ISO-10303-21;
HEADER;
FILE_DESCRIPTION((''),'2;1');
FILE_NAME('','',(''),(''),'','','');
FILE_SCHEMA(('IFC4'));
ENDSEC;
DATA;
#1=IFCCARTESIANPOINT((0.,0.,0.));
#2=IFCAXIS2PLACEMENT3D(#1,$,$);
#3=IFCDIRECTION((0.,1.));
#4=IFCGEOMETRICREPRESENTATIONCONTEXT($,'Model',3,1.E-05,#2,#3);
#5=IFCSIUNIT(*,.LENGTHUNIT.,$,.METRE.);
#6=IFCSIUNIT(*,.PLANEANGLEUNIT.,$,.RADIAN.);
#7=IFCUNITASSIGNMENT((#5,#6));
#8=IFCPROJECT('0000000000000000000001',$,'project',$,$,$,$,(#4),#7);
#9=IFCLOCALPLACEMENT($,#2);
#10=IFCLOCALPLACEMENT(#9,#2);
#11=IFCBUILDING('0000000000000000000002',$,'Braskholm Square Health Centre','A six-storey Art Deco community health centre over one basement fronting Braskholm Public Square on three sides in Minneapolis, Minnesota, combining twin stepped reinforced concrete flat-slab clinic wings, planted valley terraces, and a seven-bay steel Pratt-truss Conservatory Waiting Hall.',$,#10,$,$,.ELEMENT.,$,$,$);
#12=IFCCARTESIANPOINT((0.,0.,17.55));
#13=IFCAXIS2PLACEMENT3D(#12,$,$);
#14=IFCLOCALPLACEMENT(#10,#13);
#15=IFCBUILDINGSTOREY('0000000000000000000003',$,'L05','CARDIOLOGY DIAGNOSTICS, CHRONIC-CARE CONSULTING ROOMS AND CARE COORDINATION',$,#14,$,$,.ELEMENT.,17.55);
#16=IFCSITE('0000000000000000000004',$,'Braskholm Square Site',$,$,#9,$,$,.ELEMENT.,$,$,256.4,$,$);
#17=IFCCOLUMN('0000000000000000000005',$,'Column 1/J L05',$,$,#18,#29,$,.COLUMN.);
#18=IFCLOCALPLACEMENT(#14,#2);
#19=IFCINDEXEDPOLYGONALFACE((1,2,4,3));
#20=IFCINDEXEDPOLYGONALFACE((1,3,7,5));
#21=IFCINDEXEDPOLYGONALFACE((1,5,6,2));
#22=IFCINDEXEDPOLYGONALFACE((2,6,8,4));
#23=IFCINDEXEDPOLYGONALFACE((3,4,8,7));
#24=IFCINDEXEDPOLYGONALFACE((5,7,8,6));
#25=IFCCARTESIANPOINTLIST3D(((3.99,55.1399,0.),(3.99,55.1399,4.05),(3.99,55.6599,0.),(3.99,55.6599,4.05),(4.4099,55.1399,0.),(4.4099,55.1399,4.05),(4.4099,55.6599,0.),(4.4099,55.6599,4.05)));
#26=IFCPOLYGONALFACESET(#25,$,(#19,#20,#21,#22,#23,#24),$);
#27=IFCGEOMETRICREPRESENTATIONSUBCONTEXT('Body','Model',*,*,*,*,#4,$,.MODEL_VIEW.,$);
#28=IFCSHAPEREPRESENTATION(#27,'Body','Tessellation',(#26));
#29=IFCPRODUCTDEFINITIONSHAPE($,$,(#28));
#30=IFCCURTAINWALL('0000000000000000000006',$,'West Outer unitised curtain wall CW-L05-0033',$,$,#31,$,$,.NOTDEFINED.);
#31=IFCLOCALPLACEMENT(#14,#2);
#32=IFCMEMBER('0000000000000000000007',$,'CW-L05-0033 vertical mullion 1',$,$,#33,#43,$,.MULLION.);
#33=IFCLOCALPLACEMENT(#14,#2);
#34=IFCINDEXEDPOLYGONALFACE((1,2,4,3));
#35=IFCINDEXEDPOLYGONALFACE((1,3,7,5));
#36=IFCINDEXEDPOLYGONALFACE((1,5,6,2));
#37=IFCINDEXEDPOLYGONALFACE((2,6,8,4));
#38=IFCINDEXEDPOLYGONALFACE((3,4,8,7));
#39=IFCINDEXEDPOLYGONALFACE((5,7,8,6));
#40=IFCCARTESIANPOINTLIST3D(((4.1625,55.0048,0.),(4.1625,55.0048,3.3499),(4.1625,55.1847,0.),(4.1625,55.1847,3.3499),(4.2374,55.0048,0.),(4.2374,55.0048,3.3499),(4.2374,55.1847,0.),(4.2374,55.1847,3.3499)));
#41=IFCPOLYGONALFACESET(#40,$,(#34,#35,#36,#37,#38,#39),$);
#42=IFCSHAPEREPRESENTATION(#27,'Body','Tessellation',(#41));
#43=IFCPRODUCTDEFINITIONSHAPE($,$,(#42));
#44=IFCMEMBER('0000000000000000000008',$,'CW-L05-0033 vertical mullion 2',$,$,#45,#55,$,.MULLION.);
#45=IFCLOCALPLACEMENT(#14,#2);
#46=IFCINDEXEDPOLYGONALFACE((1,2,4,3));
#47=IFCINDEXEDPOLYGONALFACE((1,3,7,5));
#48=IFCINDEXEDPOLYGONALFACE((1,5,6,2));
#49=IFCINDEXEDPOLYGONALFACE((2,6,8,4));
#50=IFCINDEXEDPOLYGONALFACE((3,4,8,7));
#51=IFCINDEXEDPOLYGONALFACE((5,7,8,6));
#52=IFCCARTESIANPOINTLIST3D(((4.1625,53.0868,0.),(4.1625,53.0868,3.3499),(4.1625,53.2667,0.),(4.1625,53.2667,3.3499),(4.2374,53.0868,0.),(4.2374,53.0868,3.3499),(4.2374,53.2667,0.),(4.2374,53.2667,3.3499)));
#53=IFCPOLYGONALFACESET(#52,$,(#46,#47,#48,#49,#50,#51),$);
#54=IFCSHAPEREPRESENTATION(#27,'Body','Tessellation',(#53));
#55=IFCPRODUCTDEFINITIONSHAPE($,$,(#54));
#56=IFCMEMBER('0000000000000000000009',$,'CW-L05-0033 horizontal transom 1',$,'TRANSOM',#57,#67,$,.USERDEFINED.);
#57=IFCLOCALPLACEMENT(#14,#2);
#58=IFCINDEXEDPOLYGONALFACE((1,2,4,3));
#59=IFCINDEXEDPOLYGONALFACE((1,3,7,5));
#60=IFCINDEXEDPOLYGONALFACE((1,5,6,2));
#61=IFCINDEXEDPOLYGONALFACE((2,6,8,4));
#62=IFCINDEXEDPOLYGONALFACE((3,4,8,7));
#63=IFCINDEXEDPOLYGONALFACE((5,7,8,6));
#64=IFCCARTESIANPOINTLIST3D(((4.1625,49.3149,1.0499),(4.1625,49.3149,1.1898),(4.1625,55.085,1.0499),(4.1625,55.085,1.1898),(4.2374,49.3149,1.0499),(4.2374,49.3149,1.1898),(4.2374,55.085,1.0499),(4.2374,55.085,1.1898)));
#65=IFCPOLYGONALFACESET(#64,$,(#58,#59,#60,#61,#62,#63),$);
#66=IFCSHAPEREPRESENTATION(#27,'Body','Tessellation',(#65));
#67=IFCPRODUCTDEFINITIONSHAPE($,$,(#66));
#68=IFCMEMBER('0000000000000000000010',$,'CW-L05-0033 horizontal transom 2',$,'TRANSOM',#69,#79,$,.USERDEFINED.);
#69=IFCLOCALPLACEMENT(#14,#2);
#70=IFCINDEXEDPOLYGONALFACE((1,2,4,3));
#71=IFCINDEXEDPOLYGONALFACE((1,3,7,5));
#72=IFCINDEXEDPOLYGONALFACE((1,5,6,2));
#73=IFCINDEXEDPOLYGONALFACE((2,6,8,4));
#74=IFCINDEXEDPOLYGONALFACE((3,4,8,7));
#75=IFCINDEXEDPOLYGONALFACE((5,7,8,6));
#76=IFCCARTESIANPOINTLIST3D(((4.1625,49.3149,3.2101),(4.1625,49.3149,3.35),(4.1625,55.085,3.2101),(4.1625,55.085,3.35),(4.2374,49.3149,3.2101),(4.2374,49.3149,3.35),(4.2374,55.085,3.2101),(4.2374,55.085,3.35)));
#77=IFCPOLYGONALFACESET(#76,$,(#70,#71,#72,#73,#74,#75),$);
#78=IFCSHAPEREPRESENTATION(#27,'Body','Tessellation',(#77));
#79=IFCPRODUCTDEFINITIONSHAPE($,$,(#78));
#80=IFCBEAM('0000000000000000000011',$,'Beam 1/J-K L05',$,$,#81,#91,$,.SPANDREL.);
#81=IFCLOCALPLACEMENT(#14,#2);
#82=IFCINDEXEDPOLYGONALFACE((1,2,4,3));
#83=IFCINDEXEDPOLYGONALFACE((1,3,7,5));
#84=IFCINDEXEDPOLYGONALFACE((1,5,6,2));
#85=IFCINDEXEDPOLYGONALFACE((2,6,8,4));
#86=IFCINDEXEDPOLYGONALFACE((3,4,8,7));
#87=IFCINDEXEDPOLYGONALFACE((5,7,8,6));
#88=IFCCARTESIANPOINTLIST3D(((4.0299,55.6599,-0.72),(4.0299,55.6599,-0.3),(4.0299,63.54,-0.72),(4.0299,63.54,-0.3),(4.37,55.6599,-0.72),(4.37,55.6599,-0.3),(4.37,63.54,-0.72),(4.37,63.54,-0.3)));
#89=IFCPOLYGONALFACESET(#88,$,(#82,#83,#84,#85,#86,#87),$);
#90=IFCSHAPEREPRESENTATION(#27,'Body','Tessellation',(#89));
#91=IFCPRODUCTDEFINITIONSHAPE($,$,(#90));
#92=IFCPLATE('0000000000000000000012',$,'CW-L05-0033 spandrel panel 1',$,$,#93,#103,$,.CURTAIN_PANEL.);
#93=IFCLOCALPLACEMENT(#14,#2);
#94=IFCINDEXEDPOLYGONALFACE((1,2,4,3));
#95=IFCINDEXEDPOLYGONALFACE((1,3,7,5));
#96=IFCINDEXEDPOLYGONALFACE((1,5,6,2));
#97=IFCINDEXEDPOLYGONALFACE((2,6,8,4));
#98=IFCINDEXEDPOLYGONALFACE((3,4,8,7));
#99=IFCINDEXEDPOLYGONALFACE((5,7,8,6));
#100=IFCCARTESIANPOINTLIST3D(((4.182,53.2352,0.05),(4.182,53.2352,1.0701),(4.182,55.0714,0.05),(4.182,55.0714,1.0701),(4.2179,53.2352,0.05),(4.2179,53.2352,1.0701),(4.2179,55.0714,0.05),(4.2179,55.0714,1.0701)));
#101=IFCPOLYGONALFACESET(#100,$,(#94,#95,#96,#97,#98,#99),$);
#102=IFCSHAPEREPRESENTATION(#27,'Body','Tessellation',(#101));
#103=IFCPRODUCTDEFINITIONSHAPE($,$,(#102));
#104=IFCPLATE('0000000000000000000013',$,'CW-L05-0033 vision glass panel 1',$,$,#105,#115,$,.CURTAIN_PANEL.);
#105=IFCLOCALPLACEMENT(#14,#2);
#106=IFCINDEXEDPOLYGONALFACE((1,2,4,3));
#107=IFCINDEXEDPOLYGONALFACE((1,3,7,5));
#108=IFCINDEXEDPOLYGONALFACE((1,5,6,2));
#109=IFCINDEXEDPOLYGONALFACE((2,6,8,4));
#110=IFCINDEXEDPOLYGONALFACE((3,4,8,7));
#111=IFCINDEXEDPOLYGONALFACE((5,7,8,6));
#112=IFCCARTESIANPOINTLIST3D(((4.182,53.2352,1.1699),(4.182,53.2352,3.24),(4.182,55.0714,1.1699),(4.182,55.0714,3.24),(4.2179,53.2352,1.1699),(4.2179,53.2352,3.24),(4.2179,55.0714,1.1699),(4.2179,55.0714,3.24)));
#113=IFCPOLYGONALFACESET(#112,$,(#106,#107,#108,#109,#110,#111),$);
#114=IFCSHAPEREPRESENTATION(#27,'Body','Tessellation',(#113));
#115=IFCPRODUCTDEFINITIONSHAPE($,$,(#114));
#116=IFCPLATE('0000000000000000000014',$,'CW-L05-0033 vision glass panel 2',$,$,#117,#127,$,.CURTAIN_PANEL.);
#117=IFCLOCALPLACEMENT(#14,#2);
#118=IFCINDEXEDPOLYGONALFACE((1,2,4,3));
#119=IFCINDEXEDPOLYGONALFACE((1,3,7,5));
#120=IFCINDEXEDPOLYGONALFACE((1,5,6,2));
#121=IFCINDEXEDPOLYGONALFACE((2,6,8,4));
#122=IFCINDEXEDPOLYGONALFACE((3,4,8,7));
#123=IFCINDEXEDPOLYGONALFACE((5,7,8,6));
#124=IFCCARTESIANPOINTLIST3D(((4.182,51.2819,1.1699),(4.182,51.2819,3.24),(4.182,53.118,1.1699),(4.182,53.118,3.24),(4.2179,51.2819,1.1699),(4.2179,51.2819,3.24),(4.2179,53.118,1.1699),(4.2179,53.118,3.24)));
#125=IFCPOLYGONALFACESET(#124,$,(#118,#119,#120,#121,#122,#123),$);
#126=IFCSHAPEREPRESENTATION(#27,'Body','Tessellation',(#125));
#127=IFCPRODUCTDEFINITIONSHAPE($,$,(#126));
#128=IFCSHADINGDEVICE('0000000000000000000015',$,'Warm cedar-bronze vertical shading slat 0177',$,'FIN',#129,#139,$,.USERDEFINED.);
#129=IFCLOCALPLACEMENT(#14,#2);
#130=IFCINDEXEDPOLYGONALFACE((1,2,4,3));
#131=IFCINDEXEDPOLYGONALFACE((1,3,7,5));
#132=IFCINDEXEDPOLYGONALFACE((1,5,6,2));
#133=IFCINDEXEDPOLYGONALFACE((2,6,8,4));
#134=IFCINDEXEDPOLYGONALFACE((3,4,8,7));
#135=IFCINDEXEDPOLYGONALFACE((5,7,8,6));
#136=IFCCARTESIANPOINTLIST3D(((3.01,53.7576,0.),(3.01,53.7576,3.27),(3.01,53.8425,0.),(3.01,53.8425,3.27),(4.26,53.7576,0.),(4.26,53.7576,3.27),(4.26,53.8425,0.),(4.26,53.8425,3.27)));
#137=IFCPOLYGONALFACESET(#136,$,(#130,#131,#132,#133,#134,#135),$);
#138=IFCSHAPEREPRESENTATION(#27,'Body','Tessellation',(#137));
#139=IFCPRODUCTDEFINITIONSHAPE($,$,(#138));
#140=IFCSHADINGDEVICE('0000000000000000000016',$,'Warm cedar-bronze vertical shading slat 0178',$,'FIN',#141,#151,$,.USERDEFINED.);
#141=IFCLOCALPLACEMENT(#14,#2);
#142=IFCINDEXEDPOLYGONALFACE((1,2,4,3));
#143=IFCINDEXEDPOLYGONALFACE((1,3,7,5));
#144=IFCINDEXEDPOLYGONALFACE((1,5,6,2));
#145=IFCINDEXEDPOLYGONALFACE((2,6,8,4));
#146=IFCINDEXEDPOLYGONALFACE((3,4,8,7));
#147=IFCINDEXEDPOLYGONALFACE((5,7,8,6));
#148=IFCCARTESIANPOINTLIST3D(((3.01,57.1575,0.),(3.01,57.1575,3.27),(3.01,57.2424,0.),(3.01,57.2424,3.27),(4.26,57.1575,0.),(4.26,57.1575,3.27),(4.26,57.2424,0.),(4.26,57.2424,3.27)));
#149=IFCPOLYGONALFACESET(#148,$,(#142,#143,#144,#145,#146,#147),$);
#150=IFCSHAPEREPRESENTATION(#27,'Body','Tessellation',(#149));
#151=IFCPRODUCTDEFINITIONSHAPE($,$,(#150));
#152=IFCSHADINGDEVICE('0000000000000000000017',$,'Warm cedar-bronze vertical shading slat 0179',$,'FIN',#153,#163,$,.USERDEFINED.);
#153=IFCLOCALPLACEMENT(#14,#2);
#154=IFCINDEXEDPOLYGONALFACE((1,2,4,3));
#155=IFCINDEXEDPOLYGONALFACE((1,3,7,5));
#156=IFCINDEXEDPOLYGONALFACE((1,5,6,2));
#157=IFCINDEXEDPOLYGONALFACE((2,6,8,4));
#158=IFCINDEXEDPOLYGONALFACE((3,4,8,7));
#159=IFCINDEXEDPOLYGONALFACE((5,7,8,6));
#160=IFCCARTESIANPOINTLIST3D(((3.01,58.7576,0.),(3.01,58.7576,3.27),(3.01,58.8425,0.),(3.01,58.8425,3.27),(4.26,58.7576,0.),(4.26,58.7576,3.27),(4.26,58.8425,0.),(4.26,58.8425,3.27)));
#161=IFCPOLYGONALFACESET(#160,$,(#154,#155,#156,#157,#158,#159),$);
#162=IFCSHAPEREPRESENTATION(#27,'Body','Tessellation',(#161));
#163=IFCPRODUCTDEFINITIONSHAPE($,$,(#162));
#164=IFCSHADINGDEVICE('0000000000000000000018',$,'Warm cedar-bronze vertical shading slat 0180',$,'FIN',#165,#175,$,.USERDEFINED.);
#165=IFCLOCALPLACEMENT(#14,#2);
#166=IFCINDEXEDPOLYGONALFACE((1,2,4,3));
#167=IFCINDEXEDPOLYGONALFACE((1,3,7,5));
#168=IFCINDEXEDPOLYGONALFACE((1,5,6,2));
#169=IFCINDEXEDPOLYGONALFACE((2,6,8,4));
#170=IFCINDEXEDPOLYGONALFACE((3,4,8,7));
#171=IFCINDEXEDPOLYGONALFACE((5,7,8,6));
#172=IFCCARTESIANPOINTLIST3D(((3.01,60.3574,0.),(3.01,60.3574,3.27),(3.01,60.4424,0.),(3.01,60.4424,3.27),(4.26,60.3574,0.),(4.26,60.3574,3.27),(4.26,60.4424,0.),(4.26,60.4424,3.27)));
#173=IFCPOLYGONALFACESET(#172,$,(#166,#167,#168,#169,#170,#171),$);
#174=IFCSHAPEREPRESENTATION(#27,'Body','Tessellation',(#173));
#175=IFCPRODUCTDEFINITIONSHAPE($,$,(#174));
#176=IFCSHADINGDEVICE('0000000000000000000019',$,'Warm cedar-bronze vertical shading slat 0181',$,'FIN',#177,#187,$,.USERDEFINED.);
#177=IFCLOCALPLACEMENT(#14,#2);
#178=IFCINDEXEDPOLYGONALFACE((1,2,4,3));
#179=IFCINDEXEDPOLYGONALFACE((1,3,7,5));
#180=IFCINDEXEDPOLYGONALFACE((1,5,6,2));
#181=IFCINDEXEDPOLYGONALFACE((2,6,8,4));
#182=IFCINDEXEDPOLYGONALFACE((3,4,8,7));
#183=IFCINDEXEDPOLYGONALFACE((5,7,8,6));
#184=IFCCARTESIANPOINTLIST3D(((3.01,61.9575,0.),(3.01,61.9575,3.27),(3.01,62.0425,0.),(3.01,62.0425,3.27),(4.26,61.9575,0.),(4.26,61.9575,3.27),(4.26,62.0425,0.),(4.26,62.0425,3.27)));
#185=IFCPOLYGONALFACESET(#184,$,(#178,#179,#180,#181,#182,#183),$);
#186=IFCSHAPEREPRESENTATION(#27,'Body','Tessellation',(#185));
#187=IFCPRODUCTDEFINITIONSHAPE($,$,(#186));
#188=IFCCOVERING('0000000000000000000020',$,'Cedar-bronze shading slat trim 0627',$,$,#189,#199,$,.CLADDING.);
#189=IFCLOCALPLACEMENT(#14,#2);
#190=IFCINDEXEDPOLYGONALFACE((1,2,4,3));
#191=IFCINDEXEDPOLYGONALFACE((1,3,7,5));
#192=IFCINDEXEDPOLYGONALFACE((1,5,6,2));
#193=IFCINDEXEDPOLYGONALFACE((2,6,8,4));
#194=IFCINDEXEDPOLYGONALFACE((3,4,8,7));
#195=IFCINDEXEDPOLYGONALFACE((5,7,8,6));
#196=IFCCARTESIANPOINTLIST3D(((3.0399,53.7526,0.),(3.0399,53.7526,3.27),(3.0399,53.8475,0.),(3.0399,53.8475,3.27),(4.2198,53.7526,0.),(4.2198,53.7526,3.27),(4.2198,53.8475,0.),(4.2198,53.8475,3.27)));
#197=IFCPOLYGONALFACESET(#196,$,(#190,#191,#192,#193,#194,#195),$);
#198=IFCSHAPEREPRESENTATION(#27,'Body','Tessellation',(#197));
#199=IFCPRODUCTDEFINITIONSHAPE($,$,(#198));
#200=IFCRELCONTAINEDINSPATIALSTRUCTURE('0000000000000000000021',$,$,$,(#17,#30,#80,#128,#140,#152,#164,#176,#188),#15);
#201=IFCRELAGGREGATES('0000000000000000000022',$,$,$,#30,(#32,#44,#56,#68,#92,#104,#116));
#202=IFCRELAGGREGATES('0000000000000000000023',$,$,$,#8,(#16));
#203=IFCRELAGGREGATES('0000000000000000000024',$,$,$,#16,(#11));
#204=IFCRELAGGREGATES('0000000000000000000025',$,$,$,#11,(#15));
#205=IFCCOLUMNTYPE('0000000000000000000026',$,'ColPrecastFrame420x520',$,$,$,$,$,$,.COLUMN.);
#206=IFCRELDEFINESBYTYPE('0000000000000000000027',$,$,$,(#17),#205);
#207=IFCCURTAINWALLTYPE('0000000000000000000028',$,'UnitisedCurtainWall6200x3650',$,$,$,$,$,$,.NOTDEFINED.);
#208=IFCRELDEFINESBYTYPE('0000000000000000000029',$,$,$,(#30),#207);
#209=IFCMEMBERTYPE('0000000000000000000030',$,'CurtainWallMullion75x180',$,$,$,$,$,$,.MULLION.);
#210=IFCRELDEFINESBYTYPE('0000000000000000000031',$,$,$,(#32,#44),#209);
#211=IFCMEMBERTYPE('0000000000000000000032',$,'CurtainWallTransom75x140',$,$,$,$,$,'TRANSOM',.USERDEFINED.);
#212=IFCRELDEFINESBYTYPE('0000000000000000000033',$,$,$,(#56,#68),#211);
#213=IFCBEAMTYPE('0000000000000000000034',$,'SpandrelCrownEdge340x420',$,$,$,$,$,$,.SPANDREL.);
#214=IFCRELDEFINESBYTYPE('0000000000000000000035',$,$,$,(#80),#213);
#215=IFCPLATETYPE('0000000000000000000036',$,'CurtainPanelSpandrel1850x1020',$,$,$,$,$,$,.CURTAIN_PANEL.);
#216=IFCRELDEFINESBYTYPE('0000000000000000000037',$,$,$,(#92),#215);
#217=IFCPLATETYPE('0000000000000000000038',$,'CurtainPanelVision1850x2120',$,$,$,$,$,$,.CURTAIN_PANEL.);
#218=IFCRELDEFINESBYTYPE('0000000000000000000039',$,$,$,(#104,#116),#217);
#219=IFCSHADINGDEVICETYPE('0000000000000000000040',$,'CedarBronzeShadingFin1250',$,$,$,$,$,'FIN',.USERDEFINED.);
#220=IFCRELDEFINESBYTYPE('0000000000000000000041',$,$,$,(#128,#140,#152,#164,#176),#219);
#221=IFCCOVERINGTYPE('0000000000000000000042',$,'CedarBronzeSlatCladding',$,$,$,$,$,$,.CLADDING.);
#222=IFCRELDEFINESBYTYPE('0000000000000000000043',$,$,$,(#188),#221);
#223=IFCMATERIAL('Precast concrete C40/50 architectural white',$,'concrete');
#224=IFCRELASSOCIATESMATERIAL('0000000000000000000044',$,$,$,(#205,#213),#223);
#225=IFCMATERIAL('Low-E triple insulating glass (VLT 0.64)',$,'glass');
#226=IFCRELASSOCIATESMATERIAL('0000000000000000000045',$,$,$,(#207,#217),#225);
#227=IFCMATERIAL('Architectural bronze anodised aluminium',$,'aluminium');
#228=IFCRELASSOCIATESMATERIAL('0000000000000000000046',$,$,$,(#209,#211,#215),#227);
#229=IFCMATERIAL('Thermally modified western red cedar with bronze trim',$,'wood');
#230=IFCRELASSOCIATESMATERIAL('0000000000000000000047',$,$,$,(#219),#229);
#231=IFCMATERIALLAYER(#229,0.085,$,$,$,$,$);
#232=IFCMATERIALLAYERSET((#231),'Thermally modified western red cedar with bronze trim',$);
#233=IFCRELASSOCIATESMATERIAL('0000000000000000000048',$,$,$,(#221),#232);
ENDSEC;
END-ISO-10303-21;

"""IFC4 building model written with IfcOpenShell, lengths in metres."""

from ifc_helpers import new_model, si_unit, direction, frame, origin, origin_2d, place, context, subcontext, project, spatial, rectangle, extrude, material, layer, layer_set, material_profile, profile_set, type_object, element, aggregate, save


model = new_model("IFC4")

# Units and contexts
model_context = context("Model", 3, precision=1e-05, world=origin(), true_north=direction((0.0, 1.0)))
body_context = subcontext(model_context, "Body", "Model", "MODEL_VIEW")
ifc_project = project(units=[si_unit("LENGTHUNIT", "METRE"), si_unit("PLANEANGLEUNIT", "RADIAN")], contexts=[model_context])

# Site, building, storey
site_placement = place(None, origin())
site = spatial("IfcSite", under=ifc_project, at=site_placement, Name="Braskholm Square Site", CompositionType="ELEMENT", RefElevation=256.4)
building_placement = place(site_placement, origin())
building = spatial("IfcBuilding", under=site, at=building_placement, Name="Braskholm Square Health Centre", Description="A six-storey Art Deco community health centre over one basement fronting Braskholm Public Square on three sides in Minneapolis, Minnesota, combining twin stepped reinforced concrete flat-slab clinic wings, planted valley terraces, and a seven-bay steel Pratt-truss Conservatory Waiting Hall.", CompositionType="ELEMENT")
storey_placement = place(building_placement, frame((0.0, 0.0, 17.55)))
storey = spatial("IfcBuildingStorey", under=building, at=storey_placement, Name="L05", Description="CARDIOLOGY DIAGNOSTICS, CHRONIC-CARE CONSULTING ROOMS AND CARE COORDINATION", CompositionType="ELEMENT", Elevation=17.55)

# Column
ifc_material_1 = material(Name="Precast concrete C40/50 architectural white", Category="concrete")
ifc_material_profile_1 = material_profile(ifc_material_1, rectangle(XDim=0.4199, YDim=0.52, at=origin_2d()), Name="RC-420X520")
ifc_profile_set_1 = profile_set([ifc_material_profile_1], Name="Precast concrete C40/50 architectural white")
column_type = type_object("IfcColumnType", Name="ColPrecastFrame420x520", PredefinedType="COLUMN", material=ifc_profile_set_1)
column_placement = place(storey_placement, frame((4.2, 55.3999, 0.0), z_axis=(0.0, 0.0, 1.0), x_axis=(1.0, 0.0, 0.0)))
element("IfcColumn", 1, at=column_placement, inside=storey, type_object=column_type, Name="Column 1/J L05", PredefinedType="COLUMN", context=body_context, shape_type="SweptSolid", body=[
    extrude(rectangle(XDim=0.4199, YDim=0.52, at=origin_2d()), origin(), (0.0, 0.0, 1.0), 4.05),
])

# Curtain wall, members
ifc_material_2 = material(Name="Low-E triple insulating glass (VLT 0.64)", Category="glass")
curtain_wall_type = type_object("IfcCurtainWallType", Name="UnitisedCurtainWall6200x3650", PredefinedType="NOTDEFINED", material=ifc_material_2)
curtain_wall_placement = place(storey_placement, origin())
curtain_wall = element("IfcCurtainWall", 2, at=curtain_wall_placement, inside=storey, type_object=curtain_wall_type, Name="West Outer unitised curtain wall CW-L05-0033", PredefinedType="NOTDEFINED")
ifc_material_3 = material(Name="Architectural bronze anodised aluminium", Category="aluminium")
ifc_material_profile_2 = material_profile(ifc_material_3, rectangle(XDim=0.075, YDim=0.1799, at=origin_2d()), Name="ALU-75X180")
ifc_profile_set_2 = profile_set([ifc_material_profile_2], Name="Architectural bronze anodised aluminium")
member_type_1 = type_object("IfcMemberType", Name="CurtainWallMullion75x180", PredefinedType="MULLION", material=ifc_profile_set_2)
member_1_placement = place(storey_placement, frame((4.2, 55.0947, 0.0), z_axis=(0.0, 0.0, 1.0), x_axis=(1.0, 0.0, 0.0)))
member_1 = element("IfcMember", 3, at=member_1_placement, type_object=member_type_1, Name="CW-L05-0033 vertical mullion 1", PredefinedType="MULLION", context=body_context, shape_type="SweptSolid", body=[
    extrude(rectangle(XDim=0.075, YDim=0.1799, at=origin_2d()), origin(), (0.0, 0.0, 1.0), 3.3499),
])
member_2_placement = place(storey_placement, frame((4.2, 53.1768, 0.0), z_axis=(0.0, 0.0, 1.0), x_axis=(1.0, 0.0, 0.0)))
member_2 = element("IfcMember", 4, at=member_2_placement, type_object=member_type_1, Name="CW-L05-0033 vertical mullion 2", PredefinedType="MULLION", context=body_context, shape_type="SweptSolid", body=[
    extrude(rectangle(XDim=0.075, YDim=0.1799, at=origin_2d()), origin(), (0.0, 0.0, 1.0), 3.3499),
])
ifc_material_profile_3 = material_profile(ifc_material_3, rectangle(XDim=0.075, YDim=0.1399, at=origin_2d()), Name="ALU-75X140")
ifc_profile_set_3 = profile_set([ifc_material_profile_3], Name="Architectural bronze anodised aluminium")
member_type_2 = type_object("IfcMemberType", Name="CurtainWallTransom75x140", ElementType="TRANSOM", PredefinedType="USERDEFINED", material=ifc_profile_set_3)
member_3_placement = place(storey_placement, frame((4.2, 55.085, 1.1199), z_axis=(0.0, -1.0, 0.0), x_axis=(1.0, 0.0, 0.0)))
member_3 = element("IfcMember", 5, at=member_3_placement, type_object=member_type_2, Name="CW-L05-0033 horizontal transom 1", ObjectType="TRANSOM", PredefinedType="USERDEFINED", context=body_context, shape_type="SweptSolid", body=[
    extrude(rectangle(XDim=0.075, YDim=0.1399, at=origin_2d()), origin(), (0.0, 0.0, 1.0), 5.77),
])
member_4_placement = place(storey_placement, frame((4.2, 55.085, 3.28), z_axis=(0.0, -1.0, 0.0), x_axis=(1.0, 0.0, 0.0)))
member_4 = element("IfcMember", 6, at=member_4_placement, type_object=member_type_2, Name="CW-L05-0033 horizontal transom 2", ObjectType="TRANSOM", PredefinedType="USERDEFINED", context=body_context, shape_type="SweptSolid", body=[
    extrude(rectangle(XDim=0.075, YDim=0.1399, at=origin_2d()), origin(), (0.0, 0.0, 1.0), 5.77),
])

# Beam
ifc_material_profile_4 = material_profile(ifc_material_1, rectangle(XDim=0.3401, YDim=0.4199, at=origin_2d()), Name="RCB-340X420")
ifc_profile_set_4 = profile_set([ifc_material_profile_4], Name="Precast concrete C40/50 architectural white")
beam_type = type_object("IfcBeamType", Name="SpandrelCrownEdge340x420", PredefinedType="SPANDREL", material=ifc_profile_set_4)
beam_placement = place(storey_placement, frame((4.2, 55.6599, -0.51), z_axis=(0.0, 1.0, 0.0), x_axis=(-1.0, 0.0, 0.0)))
element("IfcBeam", 7, at=beam_placement, inside=storey, type_object=beam_type, Name="Beam 1/J-K L05", PredefinedType="SPANDREL", context=body_context, shape_type="SweptSolid", body=[
    extrude(rectangle(XDim=0.3401, YDim=0.4199, at=origin_2d()), origin(), (0.0, 0.0, 1.0), 7.8801),
])

# Plates
plate_type_1 = type_object("IfcPlateType", Name="CurtainPanelSpandrel1850x1020", PredefinedType="CURTAIN_PANEL", material=ifc_material_3)
plate_1_placement = place(storey_placement, frame((4.2, 54.1533, 0.05), z_axis=(0.0, 0.0, 1.0), x_axis=(0.0, -1.0, 0.0)))
plate_1 = element("IfcPlate", 8, at=plate_1_placement, type_object=plate_type_1, Name="CW-L05-0033 spandrel panel 1", PredefinedType="CURTAIN_PANEL", context=body_context, shape_type="SweptSolid", body=[
    extrude(rectangle(XDim=1.8362, YDim=0.0359, at=origin_2d()), origin(), (0.0, 0.0, 1.0), 1.02),
])
plate_type_2 = type_object("IfcPlateType", Name="CurtainPanelVision1850x2120", PredefinedType="CURTAIN_PANEL", material=ifc_material_2)
plate_2_placement = place(storey_placement, frame((4.2, 54.1533, 1.1699), z_axis=(0.0, 0.0, 1.0), x_axis=(0.0, -1.0, 0.0)))
plate_2 = element("IfcPlate", 9, at=plate_2_placement, type_object=plate_type_2, Name="CW-L05-0033 vision glass panel 1", PredefinedType="CURTAIN_PANEL", context=body_context, shape_type="SweptSolid", body=[
    extrude(rectangle(XDim=1.8362, YDim=0.0359, at=origin_2d()), origin(), (0.0, 0.0, 1.0), 2.0701),
])
plate_3_placement = place(storey_placement, frame((4.2, 52.2, 1.1699), z_axis=(0.0, 0.0, 1.0), x_axis=(0.0, -1.0, 0.0)))
plate_3 = element("IfcPlate", 10, at=plate_3_placement, type_object=plate_type_2, Name="CW-L05-0033 vision glass panel 2", PredefinedType="CURTAIN_PANEL", context=body_context, shape_type="SweptSolid", body=[
    extrude(rectangle(XDim=1.8362, YDim=0.0359, at=origin_2d()), origin(), (0.0, 0.0, 1.0), 2.0701),
])
aggregate(curtain_wall, [member_1, member_2, member_3, member_4, plate_1, plate_2, plate_3])

# Shading devices
ifc_material_4 = material(Name="Thermally modified western red cedar with bronze trim", Category="wood")
shading_device_type = type_object("IfcShadingDeviceType", Name="CedarBronzeShadingFin1250", ElementType="FIN", PredefinedType="USERDEFINED", material=ifc_material_4)
for number, where, z_axis, x_axis, name in (
    (11, (3.635, 53.8, 0.0), (0.0, 0.0, 1.0), (1.0, 0.0, 0.0), "Warm cedar-bronze vertical shading slat 0177"),
    (12, (3.635, 57.2, 0.0), (0.0, 0.0, 1.0), (1.0, 0.0, 0.0), "Warm cedar-bronze vertical shading slat 0178"),
    (13, (3.635, 58.8, 0.0), (0.0, 0.0, 1.0), (1.0, 0.0, 0.0), "Warm cedar-bronze vertical shading slat 0179"),
    (14, (3.635, 60.3999, 0.0), (0.0, 0.0, 1.0), (1.0, 0.0, 0.0), "Warm cedar-bronze vertical shading slat 0180"),
    (15, (3.635, 62.0, 0.0), (0.0, 0.0, 1.0), (1.0, 0.0, 0.0), "Warm cedar-bronze vertical shading slat 0181"),
):
    element("IfcShadingDevice", number, at=place(storey_placement, frame(where, z_axis=z_axis, x_axis=x_axis)), inside=storey, type_object=shading_device_type, Name=name, ObjectType="FIN", PredefinedType="USERDEFINED", context=body_context, shape_type="SweptSolid", body=[
        extrude(rectangle(XDim=1.25, YDim=0.085, at=origin_2d()), origin(), (0.0, 0.0, 1.0), 3.27),
    ])

# Covering
ifc_layer_1 = layer(ifc_material_4, 0.085)
ifc_layer_set_1 = layer_set([ifc_layer_1], Name="Thermally modified western red cedar with bronze trim")
covering_type_1 = type_object("IfcCoveringType", Name="CedarBronzeSlatCladding", PredefinedType="CLADDING", material=ifc_layer_set_1)
for number, where, z_axis, x_axis, name in (
    (16, (3.6299, 53.8, 0.0), (0.0, 0.0, 1.0), (1.0, 0.0, 0.0), "Cedar-bronze shading slat trim 0627"),
):
    element("IfcCovering", number, at=place(storey_placement, frame(where, z_axis=z_axis, x_axis=x_axis)), inside=storey, type_object=covering_type_1, Name=name, PredefinedType="CLADDING", context=body_context, shape_type="SweptSolid", body=[
        extrude(rectangle(XDim=1.1799, YDim=0.095, at=origin_2d()), origin(), (0.0, 0.0, 1.0), 3.27),
    ])

save(model, "model.ifc")
